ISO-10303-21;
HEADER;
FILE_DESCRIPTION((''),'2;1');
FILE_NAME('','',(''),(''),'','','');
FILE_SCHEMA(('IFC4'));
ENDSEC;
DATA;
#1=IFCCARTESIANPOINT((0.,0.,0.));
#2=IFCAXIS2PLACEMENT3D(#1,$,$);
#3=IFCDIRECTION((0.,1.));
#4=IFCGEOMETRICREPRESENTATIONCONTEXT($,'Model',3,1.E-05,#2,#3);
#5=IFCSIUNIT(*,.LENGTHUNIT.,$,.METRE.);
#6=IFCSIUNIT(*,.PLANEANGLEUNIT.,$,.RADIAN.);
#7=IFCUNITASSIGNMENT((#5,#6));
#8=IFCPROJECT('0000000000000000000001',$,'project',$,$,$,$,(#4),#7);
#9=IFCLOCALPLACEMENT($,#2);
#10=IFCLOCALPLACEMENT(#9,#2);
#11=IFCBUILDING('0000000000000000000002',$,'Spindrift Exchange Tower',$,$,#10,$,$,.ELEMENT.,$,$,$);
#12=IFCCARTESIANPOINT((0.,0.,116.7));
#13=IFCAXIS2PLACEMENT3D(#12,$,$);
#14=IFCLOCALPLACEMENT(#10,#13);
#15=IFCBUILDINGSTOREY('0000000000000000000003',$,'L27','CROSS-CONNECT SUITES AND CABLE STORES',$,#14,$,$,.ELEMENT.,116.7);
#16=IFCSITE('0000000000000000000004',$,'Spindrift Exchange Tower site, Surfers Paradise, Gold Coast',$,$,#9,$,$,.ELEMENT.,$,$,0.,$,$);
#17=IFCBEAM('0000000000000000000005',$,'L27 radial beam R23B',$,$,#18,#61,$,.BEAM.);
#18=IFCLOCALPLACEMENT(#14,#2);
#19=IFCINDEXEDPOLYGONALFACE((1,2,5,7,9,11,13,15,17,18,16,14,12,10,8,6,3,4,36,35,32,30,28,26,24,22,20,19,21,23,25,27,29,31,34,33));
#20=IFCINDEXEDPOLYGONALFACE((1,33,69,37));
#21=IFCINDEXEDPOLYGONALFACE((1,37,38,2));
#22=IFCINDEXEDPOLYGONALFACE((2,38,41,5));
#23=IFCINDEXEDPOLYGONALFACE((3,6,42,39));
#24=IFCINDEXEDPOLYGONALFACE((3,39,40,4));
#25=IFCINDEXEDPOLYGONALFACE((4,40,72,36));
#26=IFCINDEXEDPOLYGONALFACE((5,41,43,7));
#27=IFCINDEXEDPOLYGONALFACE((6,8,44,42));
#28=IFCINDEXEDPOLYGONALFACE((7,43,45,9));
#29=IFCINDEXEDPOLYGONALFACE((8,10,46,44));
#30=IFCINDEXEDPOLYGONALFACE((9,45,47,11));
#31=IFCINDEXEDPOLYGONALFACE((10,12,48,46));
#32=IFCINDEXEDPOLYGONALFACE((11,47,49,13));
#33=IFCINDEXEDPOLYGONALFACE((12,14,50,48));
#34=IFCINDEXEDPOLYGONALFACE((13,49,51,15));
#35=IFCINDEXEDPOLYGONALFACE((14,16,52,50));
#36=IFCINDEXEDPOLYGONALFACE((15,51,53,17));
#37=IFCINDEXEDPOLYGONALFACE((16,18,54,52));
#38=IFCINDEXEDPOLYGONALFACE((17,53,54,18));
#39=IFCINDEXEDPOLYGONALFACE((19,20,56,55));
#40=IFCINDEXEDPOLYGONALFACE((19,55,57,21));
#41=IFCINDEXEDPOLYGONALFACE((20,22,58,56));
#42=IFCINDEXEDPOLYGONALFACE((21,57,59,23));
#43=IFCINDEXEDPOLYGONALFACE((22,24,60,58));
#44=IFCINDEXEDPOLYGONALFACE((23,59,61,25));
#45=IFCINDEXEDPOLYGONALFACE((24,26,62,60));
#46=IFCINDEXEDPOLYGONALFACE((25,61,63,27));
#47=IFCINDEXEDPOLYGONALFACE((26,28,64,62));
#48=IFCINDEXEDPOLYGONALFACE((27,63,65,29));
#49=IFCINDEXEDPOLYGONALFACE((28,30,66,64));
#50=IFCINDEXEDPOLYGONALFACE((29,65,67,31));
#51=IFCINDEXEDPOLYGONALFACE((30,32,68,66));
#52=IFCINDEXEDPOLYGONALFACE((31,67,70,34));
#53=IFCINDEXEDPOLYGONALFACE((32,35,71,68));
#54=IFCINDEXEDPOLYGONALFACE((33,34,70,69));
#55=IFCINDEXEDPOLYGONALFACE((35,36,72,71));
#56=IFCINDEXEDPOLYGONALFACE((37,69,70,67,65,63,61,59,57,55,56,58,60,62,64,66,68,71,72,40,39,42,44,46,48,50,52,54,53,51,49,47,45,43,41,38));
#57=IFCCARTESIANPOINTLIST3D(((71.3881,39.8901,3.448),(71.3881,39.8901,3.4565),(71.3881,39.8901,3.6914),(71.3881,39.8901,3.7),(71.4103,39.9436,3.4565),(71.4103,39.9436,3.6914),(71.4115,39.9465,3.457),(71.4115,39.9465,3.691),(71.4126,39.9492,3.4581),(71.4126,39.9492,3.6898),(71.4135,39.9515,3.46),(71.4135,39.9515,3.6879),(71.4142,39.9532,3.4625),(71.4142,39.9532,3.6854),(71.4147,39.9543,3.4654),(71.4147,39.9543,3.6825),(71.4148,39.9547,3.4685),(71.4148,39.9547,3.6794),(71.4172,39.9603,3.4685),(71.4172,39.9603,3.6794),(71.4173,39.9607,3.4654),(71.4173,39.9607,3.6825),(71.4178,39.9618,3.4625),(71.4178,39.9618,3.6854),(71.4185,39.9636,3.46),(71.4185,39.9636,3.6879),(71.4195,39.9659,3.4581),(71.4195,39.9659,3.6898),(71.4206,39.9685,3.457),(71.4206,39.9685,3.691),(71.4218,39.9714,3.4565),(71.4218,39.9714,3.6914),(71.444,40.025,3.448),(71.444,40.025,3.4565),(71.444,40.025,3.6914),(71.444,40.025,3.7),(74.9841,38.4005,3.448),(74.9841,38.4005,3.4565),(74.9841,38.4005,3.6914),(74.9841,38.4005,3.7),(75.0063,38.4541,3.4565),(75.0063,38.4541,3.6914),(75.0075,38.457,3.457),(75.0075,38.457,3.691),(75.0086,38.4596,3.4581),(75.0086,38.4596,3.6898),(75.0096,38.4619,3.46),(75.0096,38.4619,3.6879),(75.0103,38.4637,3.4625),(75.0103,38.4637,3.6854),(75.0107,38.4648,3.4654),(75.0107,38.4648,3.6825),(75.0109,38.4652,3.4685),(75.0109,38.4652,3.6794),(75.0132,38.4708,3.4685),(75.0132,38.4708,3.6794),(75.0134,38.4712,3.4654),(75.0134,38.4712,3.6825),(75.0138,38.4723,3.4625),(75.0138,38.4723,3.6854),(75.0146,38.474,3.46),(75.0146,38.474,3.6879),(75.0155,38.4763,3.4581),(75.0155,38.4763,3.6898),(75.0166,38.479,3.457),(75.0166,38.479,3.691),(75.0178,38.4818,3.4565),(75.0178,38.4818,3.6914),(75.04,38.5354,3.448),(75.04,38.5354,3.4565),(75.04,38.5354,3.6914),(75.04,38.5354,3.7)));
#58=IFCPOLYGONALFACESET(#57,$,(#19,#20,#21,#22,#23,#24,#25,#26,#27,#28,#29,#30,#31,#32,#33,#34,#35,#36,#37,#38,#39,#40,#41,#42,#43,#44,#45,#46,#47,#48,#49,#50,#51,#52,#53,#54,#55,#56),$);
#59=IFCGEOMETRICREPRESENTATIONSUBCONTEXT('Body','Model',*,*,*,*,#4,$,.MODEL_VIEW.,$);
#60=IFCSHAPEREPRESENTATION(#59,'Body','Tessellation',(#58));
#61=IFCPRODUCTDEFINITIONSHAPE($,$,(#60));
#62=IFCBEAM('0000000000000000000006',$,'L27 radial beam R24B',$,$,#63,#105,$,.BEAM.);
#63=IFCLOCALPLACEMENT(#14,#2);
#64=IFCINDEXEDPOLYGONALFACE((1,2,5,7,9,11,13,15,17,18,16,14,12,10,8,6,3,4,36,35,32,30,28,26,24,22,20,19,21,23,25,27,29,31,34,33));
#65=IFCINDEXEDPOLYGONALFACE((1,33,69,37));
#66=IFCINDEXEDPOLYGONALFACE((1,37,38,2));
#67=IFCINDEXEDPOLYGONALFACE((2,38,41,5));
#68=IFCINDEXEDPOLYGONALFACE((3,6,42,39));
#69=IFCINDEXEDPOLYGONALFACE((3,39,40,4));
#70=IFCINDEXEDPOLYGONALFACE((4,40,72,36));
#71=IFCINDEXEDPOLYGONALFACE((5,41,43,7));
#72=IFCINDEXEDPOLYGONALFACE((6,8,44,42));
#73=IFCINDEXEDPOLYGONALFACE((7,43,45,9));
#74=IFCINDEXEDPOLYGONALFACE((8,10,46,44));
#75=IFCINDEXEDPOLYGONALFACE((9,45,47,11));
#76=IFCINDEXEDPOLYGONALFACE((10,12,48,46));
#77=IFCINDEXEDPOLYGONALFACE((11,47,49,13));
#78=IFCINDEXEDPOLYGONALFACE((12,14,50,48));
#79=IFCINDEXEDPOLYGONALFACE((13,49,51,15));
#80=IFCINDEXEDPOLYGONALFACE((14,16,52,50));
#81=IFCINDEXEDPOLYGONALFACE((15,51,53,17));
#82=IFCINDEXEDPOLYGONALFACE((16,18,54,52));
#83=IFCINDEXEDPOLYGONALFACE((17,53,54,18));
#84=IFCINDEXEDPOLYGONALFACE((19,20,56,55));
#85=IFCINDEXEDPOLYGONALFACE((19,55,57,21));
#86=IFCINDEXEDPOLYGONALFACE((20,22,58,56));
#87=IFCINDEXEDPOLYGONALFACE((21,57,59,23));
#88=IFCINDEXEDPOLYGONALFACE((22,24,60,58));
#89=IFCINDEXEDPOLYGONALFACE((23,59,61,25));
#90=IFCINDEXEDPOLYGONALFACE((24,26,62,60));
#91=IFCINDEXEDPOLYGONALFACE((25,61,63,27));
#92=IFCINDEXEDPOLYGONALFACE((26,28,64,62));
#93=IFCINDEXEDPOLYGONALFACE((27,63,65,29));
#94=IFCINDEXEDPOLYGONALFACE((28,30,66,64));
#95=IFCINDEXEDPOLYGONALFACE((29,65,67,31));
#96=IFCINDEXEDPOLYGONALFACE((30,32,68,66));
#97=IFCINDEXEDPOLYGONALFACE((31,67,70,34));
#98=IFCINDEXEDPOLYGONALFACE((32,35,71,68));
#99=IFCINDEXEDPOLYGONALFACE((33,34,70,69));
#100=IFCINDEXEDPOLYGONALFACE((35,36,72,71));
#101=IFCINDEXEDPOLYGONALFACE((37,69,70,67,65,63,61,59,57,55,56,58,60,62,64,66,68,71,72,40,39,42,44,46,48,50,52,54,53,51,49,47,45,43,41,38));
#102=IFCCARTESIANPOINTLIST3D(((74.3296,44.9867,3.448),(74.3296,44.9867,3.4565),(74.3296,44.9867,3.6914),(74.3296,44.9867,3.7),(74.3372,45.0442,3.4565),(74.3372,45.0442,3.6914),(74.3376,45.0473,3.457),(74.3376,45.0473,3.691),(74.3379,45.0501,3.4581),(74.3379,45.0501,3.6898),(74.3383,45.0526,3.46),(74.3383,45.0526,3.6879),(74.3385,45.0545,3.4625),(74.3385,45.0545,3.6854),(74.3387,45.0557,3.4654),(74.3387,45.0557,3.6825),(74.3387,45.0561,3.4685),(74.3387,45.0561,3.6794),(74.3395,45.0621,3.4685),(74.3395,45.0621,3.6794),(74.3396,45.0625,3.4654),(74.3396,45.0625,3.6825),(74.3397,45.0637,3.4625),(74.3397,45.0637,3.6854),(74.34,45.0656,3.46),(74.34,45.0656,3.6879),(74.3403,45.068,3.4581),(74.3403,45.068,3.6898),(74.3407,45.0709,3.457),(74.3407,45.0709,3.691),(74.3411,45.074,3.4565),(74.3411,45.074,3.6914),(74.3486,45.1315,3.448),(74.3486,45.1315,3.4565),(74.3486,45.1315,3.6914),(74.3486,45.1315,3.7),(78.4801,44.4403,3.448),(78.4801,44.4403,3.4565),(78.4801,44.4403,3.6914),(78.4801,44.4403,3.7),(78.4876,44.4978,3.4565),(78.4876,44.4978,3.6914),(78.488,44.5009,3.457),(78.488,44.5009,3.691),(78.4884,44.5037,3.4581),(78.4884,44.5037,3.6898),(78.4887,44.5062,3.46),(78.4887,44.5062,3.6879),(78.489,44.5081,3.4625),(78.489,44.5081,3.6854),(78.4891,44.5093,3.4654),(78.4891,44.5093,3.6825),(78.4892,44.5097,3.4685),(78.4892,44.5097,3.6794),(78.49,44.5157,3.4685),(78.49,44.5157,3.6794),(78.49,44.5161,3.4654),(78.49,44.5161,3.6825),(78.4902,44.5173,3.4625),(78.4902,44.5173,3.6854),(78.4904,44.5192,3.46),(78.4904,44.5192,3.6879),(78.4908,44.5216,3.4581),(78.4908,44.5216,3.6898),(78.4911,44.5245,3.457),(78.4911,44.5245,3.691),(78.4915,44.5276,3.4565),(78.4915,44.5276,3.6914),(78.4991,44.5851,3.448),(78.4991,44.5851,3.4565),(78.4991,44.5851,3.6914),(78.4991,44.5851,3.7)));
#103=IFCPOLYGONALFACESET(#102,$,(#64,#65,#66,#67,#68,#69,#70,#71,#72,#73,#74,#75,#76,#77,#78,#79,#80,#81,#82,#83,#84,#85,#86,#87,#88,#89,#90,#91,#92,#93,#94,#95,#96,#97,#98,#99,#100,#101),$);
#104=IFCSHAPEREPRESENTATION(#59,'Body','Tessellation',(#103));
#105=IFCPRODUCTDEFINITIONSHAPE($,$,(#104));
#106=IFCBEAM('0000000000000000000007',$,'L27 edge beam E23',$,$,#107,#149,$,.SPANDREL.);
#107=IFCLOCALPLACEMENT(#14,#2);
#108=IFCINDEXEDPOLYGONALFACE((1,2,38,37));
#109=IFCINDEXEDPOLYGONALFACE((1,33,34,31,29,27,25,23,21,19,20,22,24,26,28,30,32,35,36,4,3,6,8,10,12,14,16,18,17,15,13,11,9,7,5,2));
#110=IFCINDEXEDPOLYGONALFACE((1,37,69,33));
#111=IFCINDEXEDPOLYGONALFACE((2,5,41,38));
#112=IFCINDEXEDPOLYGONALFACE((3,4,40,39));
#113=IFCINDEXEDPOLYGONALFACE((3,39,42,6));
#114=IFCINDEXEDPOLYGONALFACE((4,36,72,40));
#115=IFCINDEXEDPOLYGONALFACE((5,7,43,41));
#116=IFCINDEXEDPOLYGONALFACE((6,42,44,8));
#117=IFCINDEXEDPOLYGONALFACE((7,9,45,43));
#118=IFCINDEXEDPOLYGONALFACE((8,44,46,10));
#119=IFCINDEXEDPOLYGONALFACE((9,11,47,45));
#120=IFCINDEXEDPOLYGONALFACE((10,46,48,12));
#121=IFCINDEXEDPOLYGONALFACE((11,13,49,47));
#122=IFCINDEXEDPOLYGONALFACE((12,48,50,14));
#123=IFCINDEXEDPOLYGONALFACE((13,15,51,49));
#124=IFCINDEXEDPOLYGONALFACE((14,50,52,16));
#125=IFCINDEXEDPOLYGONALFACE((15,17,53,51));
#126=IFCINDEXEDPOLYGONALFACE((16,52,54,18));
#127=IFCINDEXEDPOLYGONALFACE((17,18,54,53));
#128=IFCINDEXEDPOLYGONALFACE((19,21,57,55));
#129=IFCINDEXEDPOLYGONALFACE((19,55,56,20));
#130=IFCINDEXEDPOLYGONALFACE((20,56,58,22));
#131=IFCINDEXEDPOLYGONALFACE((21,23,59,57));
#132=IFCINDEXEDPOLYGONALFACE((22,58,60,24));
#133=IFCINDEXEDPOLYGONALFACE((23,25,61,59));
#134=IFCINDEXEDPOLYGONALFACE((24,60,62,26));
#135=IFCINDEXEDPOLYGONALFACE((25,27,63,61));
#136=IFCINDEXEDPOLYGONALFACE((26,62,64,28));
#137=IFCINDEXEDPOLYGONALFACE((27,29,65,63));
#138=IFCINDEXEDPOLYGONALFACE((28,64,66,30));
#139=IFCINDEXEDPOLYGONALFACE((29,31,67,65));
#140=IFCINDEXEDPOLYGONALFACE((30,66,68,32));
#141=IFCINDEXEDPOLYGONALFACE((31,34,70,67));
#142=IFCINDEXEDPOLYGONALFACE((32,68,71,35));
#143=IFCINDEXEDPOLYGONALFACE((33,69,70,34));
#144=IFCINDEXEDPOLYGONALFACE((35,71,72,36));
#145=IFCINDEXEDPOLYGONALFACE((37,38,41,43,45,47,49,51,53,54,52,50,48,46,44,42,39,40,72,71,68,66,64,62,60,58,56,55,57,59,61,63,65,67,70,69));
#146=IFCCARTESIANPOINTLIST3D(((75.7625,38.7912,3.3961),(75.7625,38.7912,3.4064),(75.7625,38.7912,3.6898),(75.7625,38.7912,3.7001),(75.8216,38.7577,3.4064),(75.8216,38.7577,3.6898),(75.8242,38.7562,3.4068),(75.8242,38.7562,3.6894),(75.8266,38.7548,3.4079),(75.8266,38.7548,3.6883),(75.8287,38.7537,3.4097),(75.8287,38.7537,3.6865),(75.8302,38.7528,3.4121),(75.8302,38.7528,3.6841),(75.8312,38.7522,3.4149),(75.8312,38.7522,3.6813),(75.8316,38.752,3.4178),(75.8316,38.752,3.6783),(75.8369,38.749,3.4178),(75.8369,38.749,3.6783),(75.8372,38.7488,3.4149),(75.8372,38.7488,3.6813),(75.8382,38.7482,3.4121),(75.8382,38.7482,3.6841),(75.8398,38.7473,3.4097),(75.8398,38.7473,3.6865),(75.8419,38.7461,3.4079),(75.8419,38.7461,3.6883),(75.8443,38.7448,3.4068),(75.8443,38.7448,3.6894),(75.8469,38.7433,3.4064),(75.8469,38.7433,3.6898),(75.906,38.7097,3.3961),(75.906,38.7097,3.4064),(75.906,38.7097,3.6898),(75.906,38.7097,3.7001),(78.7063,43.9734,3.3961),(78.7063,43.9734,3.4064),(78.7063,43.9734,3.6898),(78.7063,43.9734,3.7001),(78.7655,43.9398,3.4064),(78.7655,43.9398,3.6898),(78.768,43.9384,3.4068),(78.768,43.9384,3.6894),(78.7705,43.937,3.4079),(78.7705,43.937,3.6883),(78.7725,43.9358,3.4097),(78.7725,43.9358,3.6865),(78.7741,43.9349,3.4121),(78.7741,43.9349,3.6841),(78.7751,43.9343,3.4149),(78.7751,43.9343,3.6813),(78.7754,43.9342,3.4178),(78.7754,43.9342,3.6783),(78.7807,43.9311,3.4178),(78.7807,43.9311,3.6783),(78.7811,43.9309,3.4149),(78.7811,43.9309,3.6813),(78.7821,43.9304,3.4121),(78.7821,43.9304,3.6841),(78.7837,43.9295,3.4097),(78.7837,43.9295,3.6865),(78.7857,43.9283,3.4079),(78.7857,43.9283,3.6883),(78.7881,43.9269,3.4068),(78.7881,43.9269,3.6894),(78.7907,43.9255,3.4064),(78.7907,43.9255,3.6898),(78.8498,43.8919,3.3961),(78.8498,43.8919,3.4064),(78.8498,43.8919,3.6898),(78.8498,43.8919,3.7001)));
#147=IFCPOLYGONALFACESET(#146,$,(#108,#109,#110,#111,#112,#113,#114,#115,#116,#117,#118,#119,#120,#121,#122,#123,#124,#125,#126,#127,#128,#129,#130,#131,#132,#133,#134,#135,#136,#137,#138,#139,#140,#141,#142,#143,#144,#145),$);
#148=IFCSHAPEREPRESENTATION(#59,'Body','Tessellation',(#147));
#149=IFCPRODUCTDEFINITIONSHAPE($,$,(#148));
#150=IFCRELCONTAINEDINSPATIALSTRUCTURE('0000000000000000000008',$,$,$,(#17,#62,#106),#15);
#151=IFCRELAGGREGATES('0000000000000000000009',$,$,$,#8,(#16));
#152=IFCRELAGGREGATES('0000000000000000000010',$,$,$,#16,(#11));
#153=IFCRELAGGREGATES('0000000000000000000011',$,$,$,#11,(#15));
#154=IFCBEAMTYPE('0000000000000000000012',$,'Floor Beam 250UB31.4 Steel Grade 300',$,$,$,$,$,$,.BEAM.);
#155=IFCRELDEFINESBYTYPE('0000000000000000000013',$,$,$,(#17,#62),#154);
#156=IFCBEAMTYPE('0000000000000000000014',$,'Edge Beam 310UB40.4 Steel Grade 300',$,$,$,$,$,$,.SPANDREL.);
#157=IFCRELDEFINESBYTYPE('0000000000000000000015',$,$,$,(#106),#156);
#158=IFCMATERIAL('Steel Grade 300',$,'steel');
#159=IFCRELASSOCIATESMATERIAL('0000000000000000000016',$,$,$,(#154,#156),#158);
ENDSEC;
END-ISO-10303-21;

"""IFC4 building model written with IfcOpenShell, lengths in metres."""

from ifc_helpers import new_model, si_unit, direction, frame, origin, origin_2d, place, context, subcontext, project, spatial, i_section, extrude, source, transform, mapped, material, material_profile, profile_set, type_object, element, save


model = new_model("IFC4")

# Units and contexts
model_context = context("Model", 3, precision=1e-05, world=origin(), true_north=direction((0.0, 1.0)))
body_context = subcontext(model_context, "Body", "Model", "MODEL_VIEW")
ifc_project = project(units=[si_unit("LENGTHUNIT", "METRE"), si_unit("PLANEANGLEUNIT", "RADIAN")], contexts=[model_context])

# Site, building, storey
site_placement = place(None, origin())
site = spatial("IfcSite", under=ifc_project, at=site_placement, Name="Spindrift Exchange Tower site, Surfers Paradise, Gold Coast", CompositionType="ELEMENT", RefElevation=0.0)
building_placement = place(site_placement, origin())
building = spatial("IfcBuilding", under=site, at=building_placement, Name="Spindrift Exchange Tower", CompositionType="ELEMENT")
storey_placement = place(building_placement, frame((0.0, 0.0, 116.7)))
storey = spatial("IfcBuildingStorey", under=building, at=storey_placement, Name="L27", Description="CROSS-CONNECT SUITES AND CABLE STORES", CompositionType="ELEMENT", Elevation=116.7)

# Beams
ifc_material_1 = material(Name="Steel Grade 300", Category="steel")
ifc_material_profile_1 = material_profile(ifc_material_1, i_section(OverallWidth=0.146, OverallDepth=0.252, WebThickness=0.0061, FlangeThickness=0.0085, FilletRadius=0.012, at=origin_2d()), Name="250UB31.4")
ifc_profile_set_1 = profile_set([ifc_material_profile_1], Name="Steel Grade 300")
beam_type_1 = type_object("IfcBeamType", Name="Floor Beam 250UB31.4 Steel Grade 300", PredefinedType="BEAM", material=ifc_profile_set_1)
shared_shape_1 = source(origin(), body_context, "Body", "SweptSolid", [
    extrude(i_section(OverallWidth=0.146, OverallDepth=0.252, WebThickness=0.0061, FlangeThickness=0.0085, FilletRadius=0.012, at=origin_2d()), origin(), (0.0, 0.0, 1.0), 3.8923),
])
beam_1_placement = place(storey_placement, frame((71.416, 39.9575, 3.574), z_axis=(0.923878, -0.382686, 0.0), x_axis=(0.382686, 0.923878, 0.0)))
element("IfcBeam", 1, at=beam_1_placement, inside=storey, type_object=beam_type_1, Name="L27 radial beam R23B", PredefinedType="BEAM", context=body_context, shape_type="MappedRepresentation", body=[
    mapped(shared_shape_1, transform((0.0, 0.0, 0.0), scale=1.0)),
])
shared_shape_2 = source(origin(), body_context, "Body", "SweptSolid", [
    extrude(i_section(OverallWidth=0.146, OverallDepth=0.252, WebThickness=0.0061, FlangeThickness=0.0085, FilletRadius=0.012, at=origin_2d()), origin(), (0.0, 0.0, 1.0), 4.1863),
])
beam_2_placement = place(storey_placement, frame((74.3391, 45.0591, 3.574), z_axis=(0.991446, -0.130521, 0.0), x_axis=(0.130521, 0.991446, 0.0)))
element("IfcBeam", 2, at=beam_2_placement, inside=storey, type_object=beam_type_1, Name="L27 radial beam R24B", PredefinedType="BEAM", context=body_context, shape_type="MappedRepresentation", body=[
    mapped(shared_shape_2, transform((0.0, 0.0, 0.0), scale=1.0)),
])
ifc_material_profile_2 = material_profile(ifc_material_1, i_section(OverallWidth=0.165, OverallDepth=0.304, WebThickness=0.0061, FlangeThickness=0.0103, FilletRadius=0.0115, at=origin_2d()), Name="310UB40.4")
ifc_profile_set_2 = profile_set([ifc_material_profile_2], Name="Steel Grade 300")
beam_type_2 = type_object("IfcBeamType", Name="Edge Beam 310UB40.4 Steel Grade 300", PredefinedType="SPANDREL", material=ifc_profile_set_2)
shared_shape_3 = source(origin(), body_context, "Body", "SweptSolid", [
    extrude(i_section(OverallWidth=0.165, OverallDepth=0.304, WebThickness=0.0061, FlangeThickness=0.0103, FilletRadius=0.0115, at=origin_2d()), origin(), (0.0, 0.0, 1.0), 5.96),
])
beam_3_placement = place(storey_placement, frame((75.8342, 38.7505, 3.5481), z_axis=(0.49394, 0.869496, 0.0), x_axis=(-0.869496, 0.49394, 0.0)))
element("IfcBeam", 3, at=beam_3_placement, inside=storey, type_object=beam_type_2, Name="L27 edge beam E23", PredefinedType="SPANDREL", context=body_context, shape_type="MappedRepresentation", body=[
    mapped(shared_shape_3, transform((0.0, 0.0, 0.0), scale=1.0)),
])

save(model, "model.ifc")
